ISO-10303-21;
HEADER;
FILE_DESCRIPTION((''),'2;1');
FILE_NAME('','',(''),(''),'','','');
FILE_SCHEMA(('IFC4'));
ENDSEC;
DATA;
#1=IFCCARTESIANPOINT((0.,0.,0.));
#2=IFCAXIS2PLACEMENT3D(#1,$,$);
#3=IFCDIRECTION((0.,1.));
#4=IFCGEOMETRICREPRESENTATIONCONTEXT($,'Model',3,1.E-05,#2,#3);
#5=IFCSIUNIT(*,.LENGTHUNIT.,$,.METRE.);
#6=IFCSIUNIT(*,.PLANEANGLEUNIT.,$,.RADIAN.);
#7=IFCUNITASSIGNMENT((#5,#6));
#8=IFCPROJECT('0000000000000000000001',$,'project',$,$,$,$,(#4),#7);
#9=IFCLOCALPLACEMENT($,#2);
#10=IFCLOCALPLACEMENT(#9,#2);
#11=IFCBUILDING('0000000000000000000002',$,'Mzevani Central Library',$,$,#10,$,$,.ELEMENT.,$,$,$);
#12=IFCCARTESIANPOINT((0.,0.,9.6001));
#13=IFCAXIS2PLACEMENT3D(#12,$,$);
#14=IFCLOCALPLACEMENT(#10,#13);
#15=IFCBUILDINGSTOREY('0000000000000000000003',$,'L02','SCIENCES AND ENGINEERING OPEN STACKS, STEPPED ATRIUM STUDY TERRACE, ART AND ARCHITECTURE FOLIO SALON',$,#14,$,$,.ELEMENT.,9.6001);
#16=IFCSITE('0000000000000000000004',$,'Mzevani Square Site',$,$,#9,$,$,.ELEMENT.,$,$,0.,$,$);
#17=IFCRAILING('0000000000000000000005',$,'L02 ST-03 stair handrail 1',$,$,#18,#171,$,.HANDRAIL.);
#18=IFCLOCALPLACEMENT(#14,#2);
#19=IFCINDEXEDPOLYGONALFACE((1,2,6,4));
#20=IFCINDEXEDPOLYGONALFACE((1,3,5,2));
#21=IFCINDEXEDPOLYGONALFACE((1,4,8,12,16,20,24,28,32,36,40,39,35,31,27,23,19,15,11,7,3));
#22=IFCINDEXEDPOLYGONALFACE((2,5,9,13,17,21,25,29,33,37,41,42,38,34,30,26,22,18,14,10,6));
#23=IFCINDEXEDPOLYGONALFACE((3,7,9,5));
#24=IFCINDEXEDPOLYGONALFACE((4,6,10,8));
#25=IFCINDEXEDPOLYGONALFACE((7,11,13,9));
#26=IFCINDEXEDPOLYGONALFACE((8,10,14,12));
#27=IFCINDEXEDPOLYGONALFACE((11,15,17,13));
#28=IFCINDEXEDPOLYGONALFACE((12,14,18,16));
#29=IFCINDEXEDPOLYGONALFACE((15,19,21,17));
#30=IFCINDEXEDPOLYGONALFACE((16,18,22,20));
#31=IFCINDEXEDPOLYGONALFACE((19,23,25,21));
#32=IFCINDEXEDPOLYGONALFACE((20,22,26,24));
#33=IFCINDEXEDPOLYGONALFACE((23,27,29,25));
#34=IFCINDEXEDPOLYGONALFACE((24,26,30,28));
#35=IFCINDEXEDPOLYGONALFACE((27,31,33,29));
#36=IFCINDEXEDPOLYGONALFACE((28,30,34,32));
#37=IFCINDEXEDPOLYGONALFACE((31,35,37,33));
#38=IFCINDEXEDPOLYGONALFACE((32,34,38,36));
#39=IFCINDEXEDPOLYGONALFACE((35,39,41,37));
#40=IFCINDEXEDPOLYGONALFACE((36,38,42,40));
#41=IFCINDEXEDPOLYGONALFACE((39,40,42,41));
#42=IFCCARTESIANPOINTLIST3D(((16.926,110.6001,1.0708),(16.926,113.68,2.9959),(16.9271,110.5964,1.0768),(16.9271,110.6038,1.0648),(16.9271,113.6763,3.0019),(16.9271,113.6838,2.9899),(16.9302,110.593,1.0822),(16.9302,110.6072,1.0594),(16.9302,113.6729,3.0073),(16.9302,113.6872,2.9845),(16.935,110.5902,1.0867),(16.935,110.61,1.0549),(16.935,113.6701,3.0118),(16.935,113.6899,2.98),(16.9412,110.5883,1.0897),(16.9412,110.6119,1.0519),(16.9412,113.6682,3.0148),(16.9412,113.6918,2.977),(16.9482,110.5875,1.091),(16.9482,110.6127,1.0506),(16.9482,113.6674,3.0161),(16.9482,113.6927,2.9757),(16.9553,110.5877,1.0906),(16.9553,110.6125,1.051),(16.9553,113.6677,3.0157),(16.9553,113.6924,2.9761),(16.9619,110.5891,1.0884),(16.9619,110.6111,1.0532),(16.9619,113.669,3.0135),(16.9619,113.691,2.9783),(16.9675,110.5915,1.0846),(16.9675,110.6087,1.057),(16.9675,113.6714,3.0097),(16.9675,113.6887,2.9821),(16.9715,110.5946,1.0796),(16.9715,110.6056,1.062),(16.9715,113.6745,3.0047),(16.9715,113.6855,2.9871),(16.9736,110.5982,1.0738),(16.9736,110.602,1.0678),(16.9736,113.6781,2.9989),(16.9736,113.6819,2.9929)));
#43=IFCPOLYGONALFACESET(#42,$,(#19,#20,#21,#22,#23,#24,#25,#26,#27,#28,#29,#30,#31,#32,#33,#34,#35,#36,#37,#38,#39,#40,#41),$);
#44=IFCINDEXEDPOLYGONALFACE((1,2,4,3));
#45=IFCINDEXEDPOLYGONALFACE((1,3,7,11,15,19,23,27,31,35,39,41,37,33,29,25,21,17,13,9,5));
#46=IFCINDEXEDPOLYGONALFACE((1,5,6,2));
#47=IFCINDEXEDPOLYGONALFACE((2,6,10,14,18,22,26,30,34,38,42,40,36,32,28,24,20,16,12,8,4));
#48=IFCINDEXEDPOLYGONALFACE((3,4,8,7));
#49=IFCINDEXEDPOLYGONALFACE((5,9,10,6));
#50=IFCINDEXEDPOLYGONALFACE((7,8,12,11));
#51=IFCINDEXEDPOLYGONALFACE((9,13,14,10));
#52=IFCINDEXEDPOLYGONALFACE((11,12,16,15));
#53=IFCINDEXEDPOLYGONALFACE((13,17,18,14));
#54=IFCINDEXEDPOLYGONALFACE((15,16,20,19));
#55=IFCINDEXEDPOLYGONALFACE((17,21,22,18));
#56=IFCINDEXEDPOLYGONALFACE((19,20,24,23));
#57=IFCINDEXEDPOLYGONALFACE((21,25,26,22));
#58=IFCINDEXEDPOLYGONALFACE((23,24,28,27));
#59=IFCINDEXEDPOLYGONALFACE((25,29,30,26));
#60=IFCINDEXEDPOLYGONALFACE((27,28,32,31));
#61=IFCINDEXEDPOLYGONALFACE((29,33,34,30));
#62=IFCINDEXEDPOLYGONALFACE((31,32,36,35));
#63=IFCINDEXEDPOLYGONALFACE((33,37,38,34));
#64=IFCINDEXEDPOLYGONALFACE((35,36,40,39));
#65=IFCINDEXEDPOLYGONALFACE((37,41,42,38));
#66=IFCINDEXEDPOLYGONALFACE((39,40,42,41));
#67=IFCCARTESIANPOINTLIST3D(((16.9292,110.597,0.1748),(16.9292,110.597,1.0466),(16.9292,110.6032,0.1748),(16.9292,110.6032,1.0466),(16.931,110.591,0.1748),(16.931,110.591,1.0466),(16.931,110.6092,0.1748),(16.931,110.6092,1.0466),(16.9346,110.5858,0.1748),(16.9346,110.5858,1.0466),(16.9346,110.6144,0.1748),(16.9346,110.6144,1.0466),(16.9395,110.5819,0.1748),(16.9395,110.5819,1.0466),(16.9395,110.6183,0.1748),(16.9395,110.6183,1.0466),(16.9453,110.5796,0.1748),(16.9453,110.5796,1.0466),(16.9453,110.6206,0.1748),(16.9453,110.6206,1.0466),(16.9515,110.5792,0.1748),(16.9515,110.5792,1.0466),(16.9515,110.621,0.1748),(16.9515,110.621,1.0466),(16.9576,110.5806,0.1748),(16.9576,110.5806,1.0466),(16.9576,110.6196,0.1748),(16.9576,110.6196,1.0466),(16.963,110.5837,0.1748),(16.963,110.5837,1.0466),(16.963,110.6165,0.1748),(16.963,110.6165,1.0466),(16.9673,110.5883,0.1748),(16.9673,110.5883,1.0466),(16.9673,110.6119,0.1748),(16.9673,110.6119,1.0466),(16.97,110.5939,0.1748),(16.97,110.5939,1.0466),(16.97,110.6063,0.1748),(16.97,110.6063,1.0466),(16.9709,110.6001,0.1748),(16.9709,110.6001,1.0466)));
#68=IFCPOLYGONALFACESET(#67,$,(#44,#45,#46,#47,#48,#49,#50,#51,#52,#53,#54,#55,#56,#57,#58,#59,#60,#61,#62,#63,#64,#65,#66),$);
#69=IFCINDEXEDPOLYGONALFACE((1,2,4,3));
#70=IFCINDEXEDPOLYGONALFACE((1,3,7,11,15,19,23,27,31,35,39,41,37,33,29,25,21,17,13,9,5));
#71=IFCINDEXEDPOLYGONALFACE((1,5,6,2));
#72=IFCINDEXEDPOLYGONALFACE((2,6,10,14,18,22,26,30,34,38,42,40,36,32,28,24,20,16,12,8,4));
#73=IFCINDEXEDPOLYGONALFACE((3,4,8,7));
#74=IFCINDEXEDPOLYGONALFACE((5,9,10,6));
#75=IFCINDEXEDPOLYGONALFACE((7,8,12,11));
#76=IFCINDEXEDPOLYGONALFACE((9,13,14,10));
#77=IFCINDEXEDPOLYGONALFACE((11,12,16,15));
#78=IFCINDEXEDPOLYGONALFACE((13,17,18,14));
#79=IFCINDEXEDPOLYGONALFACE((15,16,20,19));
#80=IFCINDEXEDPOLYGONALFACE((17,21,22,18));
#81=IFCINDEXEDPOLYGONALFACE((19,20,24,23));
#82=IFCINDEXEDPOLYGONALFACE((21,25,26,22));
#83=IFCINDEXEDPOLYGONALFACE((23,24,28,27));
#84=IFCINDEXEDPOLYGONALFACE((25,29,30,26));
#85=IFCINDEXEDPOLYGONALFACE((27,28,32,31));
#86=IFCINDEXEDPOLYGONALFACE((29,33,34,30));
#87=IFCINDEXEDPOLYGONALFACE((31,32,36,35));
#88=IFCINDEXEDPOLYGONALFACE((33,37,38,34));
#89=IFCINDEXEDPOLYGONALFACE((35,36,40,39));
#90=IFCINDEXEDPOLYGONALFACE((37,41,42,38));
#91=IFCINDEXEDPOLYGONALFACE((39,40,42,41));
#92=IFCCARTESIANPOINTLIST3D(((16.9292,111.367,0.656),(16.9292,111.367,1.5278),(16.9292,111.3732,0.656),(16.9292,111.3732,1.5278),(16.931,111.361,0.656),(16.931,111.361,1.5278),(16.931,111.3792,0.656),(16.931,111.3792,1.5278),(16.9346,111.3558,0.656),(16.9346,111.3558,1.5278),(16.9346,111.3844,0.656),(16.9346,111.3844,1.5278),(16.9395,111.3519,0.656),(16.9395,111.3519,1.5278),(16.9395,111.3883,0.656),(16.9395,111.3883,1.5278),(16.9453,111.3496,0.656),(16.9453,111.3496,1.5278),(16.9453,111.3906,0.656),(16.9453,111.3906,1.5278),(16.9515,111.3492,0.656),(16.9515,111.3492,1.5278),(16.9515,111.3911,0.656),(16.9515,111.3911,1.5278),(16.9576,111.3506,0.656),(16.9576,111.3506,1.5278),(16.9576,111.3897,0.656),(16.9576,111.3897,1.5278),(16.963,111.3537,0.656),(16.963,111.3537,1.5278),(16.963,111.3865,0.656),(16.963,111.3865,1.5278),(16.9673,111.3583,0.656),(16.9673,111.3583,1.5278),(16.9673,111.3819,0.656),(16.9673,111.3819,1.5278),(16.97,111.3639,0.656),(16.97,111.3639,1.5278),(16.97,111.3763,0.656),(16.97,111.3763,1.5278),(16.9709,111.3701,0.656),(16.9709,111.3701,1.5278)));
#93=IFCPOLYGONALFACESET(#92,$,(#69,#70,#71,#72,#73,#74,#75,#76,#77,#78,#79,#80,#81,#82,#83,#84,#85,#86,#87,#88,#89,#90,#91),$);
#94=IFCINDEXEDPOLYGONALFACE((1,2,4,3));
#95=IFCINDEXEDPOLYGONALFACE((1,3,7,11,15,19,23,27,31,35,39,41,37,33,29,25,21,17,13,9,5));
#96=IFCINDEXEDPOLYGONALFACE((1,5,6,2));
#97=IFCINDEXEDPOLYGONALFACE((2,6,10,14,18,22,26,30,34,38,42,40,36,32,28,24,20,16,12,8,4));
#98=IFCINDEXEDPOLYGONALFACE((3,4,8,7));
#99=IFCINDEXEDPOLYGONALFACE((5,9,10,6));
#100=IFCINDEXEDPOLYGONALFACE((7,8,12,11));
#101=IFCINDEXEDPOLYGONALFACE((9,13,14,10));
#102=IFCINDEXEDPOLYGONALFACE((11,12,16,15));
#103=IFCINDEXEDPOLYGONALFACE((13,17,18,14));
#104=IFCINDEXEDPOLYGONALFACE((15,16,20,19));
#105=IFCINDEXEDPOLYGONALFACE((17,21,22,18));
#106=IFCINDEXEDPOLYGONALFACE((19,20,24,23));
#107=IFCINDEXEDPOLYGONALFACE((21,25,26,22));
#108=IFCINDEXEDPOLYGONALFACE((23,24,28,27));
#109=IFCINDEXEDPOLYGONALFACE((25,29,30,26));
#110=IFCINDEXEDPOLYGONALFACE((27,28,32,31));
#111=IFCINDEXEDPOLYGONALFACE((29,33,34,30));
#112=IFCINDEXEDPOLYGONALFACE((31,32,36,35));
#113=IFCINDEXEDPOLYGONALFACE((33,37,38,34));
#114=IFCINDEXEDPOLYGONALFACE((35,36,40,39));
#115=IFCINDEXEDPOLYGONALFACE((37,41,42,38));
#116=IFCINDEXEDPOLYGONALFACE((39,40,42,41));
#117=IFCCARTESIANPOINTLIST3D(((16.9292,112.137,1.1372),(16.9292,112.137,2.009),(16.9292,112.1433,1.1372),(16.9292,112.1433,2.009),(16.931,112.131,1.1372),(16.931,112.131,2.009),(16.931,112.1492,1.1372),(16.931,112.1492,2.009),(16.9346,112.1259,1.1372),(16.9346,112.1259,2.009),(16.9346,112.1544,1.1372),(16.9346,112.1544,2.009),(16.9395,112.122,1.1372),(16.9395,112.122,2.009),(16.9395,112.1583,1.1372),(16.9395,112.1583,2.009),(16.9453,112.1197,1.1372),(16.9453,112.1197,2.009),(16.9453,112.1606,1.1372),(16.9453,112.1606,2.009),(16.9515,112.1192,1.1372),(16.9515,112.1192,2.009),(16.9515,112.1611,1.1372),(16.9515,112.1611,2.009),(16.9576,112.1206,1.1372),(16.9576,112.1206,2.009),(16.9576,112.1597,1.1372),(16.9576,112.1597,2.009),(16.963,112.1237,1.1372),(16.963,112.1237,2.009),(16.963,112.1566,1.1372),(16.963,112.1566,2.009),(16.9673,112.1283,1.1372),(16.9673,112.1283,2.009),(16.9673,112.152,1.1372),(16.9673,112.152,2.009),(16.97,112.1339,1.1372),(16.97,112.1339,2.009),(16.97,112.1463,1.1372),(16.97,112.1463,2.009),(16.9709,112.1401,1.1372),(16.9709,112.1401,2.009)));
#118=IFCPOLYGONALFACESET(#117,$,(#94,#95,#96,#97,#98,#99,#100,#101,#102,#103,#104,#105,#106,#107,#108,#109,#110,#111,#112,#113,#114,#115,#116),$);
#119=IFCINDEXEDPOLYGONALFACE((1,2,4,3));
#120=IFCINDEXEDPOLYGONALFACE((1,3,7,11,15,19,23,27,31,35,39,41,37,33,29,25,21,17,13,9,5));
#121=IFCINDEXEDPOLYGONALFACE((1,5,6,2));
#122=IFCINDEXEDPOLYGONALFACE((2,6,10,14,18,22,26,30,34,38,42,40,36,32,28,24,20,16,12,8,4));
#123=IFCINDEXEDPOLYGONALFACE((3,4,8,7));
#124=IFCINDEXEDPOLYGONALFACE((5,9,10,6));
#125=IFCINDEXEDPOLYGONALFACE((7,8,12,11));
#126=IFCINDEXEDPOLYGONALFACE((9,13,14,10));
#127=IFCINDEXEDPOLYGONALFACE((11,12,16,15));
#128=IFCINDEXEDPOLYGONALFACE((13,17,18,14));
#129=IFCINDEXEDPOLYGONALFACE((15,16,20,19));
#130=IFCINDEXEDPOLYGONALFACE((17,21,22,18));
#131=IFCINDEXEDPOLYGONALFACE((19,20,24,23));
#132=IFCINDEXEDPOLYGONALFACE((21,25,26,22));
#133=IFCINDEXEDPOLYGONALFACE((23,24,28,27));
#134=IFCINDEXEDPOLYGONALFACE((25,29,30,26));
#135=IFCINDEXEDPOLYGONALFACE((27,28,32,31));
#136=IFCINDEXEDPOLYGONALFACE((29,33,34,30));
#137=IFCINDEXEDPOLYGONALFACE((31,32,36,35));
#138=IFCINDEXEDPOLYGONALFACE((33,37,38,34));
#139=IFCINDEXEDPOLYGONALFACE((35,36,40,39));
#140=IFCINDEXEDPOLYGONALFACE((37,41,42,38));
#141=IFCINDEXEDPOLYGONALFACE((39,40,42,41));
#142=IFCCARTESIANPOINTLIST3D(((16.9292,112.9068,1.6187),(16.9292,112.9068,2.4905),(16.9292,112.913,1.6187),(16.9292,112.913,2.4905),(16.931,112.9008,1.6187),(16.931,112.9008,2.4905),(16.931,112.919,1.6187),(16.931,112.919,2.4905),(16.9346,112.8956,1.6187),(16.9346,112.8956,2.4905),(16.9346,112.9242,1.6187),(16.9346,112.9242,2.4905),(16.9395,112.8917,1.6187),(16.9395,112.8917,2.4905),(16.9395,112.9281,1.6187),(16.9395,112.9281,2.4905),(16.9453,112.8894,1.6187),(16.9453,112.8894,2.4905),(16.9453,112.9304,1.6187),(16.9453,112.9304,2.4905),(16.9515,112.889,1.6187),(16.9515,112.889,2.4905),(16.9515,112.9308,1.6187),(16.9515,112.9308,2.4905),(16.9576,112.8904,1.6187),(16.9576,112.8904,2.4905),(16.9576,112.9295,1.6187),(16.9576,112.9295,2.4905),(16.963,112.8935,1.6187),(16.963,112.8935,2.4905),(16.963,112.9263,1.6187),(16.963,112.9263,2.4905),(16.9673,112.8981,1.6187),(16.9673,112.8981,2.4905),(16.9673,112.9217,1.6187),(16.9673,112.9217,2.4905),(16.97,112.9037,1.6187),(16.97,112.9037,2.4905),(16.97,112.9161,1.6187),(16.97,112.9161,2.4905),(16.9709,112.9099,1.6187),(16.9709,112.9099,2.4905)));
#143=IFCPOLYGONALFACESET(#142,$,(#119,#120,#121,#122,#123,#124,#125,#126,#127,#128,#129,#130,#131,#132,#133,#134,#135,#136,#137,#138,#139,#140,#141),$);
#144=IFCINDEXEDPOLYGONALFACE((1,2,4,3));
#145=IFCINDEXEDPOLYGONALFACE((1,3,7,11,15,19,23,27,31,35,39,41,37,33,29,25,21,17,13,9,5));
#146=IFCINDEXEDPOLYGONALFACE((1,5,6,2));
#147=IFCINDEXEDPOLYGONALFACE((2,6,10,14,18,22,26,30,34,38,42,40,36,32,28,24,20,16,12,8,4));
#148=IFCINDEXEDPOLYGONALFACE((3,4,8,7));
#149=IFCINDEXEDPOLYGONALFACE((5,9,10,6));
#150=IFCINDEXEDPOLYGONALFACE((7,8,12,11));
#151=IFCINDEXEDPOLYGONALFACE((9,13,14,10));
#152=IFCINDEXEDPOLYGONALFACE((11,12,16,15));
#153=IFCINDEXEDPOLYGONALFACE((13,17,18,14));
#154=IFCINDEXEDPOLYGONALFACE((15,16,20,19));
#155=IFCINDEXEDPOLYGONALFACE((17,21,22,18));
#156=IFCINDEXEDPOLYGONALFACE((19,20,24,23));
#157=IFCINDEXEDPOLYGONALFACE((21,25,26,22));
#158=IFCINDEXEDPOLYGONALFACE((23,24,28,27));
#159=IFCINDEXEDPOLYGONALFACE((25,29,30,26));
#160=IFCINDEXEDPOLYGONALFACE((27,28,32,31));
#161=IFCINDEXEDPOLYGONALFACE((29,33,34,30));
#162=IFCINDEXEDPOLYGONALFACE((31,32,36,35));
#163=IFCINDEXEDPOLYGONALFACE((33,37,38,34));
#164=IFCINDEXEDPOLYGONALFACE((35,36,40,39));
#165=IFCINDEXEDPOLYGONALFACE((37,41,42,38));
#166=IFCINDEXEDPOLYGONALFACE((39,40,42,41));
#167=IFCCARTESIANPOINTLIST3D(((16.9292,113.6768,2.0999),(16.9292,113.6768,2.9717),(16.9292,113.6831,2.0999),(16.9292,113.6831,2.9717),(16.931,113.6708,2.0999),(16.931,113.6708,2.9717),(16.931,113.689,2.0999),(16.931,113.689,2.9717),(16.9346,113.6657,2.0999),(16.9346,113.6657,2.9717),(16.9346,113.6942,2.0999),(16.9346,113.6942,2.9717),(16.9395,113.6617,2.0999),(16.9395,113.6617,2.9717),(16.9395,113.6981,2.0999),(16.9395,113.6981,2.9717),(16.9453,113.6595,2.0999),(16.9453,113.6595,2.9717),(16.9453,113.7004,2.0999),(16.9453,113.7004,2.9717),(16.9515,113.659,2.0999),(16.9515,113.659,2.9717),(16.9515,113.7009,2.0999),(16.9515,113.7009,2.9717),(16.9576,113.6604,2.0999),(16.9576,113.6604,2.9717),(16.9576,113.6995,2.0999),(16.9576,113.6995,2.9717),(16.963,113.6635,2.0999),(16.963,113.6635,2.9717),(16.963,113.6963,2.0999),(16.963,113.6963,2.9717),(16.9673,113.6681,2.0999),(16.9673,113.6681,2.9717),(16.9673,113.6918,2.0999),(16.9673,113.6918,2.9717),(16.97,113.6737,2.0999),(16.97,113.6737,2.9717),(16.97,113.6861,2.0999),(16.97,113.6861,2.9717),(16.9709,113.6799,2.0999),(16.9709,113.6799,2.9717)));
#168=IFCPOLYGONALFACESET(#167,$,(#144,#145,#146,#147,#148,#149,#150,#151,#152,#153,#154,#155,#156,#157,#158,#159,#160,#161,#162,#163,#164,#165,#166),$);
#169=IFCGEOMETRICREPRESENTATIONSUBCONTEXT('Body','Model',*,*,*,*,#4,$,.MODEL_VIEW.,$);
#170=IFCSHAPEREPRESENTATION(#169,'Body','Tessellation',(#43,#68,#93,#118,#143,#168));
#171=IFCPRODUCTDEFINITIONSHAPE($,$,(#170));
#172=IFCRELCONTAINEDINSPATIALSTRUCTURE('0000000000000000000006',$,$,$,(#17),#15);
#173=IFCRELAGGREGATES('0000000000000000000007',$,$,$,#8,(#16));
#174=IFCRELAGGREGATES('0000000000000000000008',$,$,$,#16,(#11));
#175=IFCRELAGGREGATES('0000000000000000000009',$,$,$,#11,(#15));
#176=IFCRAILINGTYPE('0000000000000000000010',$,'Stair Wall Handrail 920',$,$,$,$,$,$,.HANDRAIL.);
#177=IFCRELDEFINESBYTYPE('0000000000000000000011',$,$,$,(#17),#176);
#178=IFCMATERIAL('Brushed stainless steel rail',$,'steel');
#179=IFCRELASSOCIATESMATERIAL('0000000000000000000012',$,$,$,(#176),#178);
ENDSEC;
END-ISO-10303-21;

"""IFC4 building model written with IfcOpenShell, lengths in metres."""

from ifc_helpers import new_model, si_unit, direction, frame, origin, origin_2d, place, context, subcontext, project, spatial, circle, extrude, material, type_object, element, save


model = new_model("IFC4")

# Units and contexts
model_context = context("Model", 3, precision=1e-05, world=origin(), true_north=direction((0.0, 1.0)))
body_context = subcontext(model_context, "Body", "Model", "MODEL_VIEW")
ifc_project = project(units=[si_unit("LENGTHUNIT", "METRE"), si_unit("PLANEANGLEUNIT", "RADIAN")], contexts=[model_context])

# Site, building, storey
site_placement = place(None, origin())
site = spatial("IfcSite", under=ifc_project, at=site_placement, Name="Mzevani Square Site", CompositionType="ELEMENT", RefElevation=0.0)
building_placement = place(site_placement, origin())
building = spatial("IfcBuilding", under=site, at=building_placement, Name="Mzevani Central Library", CompositionType="ELEMENT")
storey_placement = place(building_placement, frame((0.0, 0.0, 9.6001)))
storey = spatial("IfcBuildingStorey", under=building, at=storey_placement, Name="L02", Description="SCIENCES AND ENGINEERING OPEN STACKS, STEPPED ATRIUM STUDY TERRACE, ART AND ARCHITECTURE FOLIO SALON", CompositionType="ELEMENT", Elevation=9.6001)

# Shared definitions
ifc_material_1 = material(Name="Brushed stainless steel rail", Category="steel")

# Railing
railing_type_1 = type_object("IfcRailingType", Name="Stair Wall Handrail 920", PredefinedType="HANDRAIL", material=ifc_material_1)
railing_1_placement = place(storey_placement, frame((16.95, 110.6001, 0.1748)))
element("IfcRailing", 1, at=railing_1_placement, inside=storey, type_object=railing_type_1, Name="L02 ST-03 stair handrail 1", PredefinedType="HANDRAIL", context=body_context, shape_type="SweptSolid", body=[
    extrude(circle(Radius=0.0239, at=origin_2d()), frame((0.0, 0.0, 0.896), z_axis=(0.0, 0.847979, 0.530029), x_axis=(-1.0, 0.0, 0.0)), (0.0, 0.0, 1.0), 3.6321),
    extrude(circle(Radius=0.021, at=origin_2d()), origin(), (0.0, 0.0, 1.0), 0.8718),
    extrude(circle(Radius=0.021, at=origin_2d()), frame((0.0, 0.77, 0.4812)), (0.0, 0.0, 1.0), 0.8718),
    extrude(circle(Radius=0.021, at=origin_2d()), frame((0.0, 1.54, 0.9624)), (0.0, 0.0, 1.0), 0.8718),
    extrude(circle(Radius=0.021, at=origin_2d()), frame((0.0, 2.3098, 1.4438)), (0.0, 0.0, 1.0), 0.8718),
    extrude(circle(Radius=0.021, at=origin_2d()), frame((0.0, 3.0798, 1.925)), (0.0, 0.0, 1.0), 0.8718),
])

save(model, "model.ifc")
